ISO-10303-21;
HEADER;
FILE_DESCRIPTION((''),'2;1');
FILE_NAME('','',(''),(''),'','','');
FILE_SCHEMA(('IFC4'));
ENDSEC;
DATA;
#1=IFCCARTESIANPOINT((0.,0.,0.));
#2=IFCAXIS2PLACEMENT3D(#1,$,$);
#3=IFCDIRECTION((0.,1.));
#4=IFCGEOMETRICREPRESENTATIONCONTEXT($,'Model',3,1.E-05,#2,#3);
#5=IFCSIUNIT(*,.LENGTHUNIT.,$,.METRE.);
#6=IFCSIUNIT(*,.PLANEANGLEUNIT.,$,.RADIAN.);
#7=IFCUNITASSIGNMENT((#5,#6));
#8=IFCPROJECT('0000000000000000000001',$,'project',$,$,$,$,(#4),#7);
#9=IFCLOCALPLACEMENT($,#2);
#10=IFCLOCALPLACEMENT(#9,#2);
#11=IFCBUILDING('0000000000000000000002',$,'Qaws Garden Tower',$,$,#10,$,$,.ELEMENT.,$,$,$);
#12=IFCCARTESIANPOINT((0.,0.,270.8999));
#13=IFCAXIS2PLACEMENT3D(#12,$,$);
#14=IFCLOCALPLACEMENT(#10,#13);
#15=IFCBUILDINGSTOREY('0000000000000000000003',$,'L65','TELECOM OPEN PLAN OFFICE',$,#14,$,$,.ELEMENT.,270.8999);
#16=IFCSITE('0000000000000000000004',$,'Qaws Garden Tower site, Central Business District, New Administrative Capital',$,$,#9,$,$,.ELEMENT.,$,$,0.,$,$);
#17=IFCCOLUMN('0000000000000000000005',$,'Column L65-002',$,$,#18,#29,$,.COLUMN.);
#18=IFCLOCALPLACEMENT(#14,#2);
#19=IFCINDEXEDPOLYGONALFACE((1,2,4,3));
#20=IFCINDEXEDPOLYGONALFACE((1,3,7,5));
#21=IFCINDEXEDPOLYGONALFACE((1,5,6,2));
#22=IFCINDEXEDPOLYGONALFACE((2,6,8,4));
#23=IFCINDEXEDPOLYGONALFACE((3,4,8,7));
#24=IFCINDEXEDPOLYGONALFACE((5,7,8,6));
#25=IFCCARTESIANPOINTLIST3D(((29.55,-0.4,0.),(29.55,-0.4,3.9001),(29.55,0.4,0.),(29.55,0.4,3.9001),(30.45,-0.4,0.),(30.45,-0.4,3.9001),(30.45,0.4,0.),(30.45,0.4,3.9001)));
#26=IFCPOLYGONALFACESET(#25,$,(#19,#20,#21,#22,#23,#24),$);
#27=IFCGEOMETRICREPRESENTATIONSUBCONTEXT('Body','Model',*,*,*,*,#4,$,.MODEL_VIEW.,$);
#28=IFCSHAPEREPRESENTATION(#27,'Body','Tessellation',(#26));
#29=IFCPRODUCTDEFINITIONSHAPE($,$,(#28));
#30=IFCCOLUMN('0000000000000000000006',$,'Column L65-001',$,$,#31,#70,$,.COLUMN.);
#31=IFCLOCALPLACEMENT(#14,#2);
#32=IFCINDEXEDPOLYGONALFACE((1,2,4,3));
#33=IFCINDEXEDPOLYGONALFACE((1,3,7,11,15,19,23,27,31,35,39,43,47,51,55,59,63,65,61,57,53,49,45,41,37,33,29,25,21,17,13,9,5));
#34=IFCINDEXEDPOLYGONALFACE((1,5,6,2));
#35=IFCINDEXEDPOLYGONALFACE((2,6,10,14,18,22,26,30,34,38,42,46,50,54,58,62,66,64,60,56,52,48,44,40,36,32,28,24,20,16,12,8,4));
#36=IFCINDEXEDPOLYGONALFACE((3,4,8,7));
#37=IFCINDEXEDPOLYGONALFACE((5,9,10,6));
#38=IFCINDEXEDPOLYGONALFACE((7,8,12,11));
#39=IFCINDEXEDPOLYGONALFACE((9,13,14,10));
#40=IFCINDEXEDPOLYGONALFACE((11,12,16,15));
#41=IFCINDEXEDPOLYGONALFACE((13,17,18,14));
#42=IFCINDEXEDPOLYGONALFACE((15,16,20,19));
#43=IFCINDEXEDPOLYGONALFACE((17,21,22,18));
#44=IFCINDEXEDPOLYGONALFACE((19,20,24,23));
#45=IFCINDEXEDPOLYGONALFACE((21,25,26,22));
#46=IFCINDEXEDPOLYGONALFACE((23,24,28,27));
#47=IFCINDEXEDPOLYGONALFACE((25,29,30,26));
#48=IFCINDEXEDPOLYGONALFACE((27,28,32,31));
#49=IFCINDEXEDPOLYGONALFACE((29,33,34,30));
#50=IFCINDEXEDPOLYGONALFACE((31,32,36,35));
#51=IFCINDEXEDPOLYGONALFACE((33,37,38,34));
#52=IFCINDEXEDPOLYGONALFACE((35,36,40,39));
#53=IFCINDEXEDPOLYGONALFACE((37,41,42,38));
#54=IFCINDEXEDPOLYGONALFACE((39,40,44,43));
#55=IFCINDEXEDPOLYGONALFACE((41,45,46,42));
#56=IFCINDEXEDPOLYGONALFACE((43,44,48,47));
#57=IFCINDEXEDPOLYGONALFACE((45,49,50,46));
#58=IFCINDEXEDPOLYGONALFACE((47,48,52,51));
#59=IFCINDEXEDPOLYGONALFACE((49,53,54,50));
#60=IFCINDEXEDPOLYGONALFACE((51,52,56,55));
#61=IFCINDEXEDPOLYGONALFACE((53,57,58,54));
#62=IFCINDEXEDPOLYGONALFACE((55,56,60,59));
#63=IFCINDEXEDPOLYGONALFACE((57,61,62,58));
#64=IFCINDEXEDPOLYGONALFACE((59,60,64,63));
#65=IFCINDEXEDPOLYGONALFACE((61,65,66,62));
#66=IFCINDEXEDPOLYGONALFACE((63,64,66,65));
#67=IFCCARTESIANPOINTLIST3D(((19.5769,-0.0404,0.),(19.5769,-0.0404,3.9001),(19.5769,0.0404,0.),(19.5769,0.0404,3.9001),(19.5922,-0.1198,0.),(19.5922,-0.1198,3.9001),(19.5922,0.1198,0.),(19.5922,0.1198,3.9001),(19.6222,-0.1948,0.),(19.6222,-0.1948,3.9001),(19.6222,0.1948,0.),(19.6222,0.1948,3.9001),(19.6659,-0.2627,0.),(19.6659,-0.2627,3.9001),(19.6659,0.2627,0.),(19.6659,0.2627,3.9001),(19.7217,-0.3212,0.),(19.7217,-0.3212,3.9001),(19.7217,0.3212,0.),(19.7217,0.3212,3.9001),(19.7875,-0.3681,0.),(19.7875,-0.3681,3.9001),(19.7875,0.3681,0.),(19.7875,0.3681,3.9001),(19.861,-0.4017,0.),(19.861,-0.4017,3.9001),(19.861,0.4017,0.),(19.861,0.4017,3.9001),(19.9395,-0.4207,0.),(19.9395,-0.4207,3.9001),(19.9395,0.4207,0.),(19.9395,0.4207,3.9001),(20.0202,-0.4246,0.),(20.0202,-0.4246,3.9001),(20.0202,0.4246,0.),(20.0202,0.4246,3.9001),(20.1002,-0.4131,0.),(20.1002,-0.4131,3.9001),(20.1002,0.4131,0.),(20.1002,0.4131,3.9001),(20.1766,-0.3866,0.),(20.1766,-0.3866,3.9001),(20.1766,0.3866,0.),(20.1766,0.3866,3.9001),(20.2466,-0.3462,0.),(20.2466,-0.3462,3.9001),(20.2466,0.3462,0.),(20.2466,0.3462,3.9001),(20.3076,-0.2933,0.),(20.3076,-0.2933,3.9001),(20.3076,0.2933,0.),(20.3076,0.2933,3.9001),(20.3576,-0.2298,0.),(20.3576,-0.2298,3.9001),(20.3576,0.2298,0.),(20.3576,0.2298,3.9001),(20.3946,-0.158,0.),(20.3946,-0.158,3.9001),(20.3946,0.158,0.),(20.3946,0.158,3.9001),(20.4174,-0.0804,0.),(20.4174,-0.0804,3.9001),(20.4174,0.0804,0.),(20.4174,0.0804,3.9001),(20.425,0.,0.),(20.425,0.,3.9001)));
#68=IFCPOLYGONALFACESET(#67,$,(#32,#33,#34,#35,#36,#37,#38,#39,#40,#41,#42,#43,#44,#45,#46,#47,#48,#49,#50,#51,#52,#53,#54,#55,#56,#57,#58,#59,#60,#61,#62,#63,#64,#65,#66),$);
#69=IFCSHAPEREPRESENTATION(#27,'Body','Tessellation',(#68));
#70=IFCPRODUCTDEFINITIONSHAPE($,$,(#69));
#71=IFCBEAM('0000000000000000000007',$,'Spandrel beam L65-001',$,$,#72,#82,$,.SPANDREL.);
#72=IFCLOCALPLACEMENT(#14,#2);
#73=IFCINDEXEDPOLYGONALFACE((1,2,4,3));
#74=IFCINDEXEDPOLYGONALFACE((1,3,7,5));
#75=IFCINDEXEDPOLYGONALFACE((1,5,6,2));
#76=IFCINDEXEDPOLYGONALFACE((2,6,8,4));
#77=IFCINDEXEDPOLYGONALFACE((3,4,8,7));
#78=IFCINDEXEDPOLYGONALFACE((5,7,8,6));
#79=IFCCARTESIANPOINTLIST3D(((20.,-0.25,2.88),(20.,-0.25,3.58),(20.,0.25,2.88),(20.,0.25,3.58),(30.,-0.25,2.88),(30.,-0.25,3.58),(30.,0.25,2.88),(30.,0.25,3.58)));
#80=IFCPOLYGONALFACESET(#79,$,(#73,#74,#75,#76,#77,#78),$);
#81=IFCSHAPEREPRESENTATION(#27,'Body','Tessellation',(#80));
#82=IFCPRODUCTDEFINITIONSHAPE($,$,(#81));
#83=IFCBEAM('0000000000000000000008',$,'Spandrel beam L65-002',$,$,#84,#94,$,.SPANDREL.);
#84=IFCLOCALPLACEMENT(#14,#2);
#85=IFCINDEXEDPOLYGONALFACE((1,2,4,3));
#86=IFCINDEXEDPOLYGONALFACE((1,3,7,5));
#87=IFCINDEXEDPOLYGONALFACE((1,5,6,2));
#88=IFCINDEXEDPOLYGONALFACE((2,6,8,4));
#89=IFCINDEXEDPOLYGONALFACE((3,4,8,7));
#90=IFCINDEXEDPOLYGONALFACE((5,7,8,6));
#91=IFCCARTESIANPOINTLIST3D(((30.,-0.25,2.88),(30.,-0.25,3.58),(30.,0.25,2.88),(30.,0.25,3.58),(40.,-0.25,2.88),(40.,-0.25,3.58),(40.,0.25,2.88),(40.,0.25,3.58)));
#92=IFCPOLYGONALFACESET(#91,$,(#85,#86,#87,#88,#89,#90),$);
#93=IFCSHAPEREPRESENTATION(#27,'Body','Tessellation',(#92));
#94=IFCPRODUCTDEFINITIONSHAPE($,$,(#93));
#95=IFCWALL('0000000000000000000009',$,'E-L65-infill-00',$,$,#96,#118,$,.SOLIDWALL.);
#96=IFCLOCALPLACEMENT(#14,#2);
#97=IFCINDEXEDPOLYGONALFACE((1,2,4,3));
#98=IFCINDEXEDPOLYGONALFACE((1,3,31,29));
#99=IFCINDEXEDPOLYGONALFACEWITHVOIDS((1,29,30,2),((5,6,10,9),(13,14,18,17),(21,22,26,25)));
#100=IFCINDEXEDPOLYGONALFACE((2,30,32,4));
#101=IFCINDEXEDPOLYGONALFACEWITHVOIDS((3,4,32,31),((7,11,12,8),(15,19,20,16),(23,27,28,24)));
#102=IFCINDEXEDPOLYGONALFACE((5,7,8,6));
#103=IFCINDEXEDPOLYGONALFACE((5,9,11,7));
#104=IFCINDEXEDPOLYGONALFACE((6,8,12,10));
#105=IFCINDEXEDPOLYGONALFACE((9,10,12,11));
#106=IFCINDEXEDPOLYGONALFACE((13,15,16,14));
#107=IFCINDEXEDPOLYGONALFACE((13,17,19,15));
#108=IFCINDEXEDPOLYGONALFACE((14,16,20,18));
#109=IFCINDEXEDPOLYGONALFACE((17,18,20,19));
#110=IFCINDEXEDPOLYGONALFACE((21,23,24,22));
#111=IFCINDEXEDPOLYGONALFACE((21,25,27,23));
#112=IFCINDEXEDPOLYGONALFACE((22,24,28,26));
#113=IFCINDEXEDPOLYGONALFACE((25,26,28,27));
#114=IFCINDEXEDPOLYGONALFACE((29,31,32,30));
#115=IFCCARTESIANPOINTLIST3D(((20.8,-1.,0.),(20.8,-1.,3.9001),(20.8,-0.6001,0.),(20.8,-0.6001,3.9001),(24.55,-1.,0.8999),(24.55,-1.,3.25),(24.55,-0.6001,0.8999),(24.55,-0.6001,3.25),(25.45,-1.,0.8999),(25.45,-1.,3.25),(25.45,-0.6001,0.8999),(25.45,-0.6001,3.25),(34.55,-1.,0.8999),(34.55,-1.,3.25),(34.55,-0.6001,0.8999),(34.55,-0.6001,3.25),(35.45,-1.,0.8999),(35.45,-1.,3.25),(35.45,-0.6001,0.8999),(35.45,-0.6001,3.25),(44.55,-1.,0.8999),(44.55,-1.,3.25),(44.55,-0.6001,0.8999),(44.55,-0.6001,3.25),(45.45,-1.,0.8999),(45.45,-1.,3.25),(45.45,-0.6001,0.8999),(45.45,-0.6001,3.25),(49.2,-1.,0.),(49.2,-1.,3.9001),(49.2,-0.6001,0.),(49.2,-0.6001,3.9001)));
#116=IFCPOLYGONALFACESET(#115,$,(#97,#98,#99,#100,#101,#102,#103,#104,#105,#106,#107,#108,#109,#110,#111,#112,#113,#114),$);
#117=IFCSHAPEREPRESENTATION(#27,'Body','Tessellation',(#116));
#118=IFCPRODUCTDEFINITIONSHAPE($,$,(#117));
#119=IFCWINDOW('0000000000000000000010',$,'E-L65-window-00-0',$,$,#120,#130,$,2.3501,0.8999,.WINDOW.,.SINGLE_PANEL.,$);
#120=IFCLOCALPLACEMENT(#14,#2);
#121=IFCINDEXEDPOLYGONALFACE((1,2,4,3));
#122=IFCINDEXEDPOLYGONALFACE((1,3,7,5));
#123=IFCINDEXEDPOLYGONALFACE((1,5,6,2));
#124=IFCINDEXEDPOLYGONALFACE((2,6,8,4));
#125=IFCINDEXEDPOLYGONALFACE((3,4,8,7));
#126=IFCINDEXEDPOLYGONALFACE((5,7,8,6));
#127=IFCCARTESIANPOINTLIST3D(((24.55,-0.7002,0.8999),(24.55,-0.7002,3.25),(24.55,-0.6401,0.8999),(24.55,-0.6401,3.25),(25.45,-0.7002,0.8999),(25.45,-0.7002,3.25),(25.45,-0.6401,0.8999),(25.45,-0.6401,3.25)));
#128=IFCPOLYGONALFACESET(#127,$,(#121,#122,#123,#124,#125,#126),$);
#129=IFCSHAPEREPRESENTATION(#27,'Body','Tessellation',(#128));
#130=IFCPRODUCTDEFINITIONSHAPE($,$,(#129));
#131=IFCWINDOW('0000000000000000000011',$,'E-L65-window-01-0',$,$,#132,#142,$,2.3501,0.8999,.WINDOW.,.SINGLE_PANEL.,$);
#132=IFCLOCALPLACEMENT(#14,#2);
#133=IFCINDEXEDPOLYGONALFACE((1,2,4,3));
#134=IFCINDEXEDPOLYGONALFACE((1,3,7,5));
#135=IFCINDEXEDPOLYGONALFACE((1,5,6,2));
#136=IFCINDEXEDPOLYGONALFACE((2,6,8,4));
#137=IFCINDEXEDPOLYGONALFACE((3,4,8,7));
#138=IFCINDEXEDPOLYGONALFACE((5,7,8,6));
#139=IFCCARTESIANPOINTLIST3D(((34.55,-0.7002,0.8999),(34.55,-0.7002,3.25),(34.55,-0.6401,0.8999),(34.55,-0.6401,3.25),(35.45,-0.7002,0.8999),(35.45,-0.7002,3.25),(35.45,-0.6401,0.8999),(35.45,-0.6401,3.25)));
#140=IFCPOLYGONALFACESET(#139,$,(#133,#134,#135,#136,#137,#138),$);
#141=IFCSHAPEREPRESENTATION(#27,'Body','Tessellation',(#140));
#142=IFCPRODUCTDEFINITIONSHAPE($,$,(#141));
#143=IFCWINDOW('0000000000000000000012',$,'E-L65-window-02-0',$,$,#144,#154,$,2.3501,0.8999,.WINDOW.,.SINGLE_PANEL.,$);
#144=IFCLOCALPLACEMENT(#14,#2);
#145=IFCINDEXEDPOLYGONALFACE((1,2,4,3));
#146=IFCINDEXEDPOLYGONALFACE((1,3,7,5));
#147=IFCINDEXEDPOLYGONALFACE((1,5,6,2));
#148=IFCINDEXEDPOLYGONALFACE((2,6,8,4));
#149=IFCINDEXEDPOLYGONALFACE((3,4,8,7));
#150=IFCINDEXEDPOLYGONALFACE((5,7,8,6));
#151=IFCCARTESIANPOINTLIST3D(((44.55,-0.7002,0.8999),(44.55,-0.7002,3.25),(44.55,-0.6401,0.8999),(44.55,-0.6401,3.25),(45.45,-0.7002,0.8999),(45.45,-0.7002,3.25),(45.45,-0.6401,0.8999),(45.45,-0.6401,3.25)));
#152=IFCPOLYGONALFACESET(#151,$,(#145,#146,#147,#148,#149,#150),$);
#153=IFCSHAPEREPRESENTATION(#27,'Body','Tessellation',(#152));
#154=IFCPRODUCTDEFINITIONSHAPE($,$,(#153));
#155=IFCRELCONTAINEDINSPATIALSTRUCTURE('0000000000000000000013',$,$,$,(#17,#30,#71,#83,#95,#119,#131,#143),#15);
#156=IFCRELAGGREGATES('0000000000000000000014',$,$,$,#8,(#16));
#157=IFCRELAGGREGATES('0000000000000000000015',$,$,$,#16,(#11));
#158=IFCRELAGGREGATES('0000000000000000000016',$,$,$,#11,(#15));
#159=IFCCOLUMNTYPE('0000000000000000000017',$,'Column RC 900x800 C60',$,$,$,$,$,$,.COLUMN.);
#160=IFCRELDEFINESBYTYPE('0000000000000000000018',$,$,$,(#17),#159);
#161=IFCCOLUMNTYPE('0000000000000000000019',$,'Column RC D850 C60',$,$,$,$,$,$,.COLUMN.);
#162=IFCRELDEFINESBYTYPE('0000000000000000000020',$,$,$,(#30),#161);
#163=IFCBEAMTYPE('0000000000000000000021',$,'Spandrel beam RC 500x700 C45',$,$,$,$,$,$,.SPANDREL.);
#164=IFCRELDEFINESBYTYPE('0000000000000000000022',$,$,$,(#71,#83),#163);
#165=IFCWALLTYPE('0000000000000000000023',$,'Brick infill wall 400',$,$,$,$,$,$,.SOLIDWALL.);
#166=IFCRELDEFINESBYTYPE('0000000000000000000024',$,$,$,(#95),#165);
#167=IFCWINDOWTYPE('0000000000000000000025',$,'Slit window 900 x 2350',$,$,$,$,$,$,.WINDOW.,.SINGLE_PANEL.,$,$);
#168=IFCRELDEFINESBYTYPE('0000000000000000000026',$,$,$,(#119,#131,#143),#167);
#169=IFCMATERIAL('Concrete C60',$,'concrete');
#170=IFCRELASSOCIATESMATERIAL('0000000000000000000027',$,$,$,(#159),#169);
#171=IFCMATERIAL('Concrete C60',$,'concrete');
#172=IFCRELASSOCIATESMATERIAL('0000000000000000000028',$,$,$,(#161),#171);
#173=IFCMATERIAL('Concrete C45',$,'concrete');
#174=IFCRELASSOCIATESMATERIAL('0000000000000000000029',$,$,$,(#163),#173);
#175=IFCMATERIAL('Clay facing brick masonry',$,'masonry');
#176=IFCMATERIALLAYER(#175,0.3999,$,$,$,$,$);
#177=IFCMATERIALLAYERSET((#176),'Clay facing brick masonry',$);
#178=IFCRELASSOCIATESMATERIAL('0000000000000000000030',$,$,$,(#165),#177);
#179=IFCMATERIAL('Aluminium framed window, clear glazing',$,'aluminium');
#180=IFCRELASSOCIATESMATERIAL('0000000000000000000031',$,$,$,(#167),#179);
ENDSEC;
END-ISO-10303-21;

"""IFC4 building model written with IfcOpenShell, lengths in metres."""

from ifc_helpers import new_model, si_unit, direction, frame, frame_2d, origin, origin_2d, place, context, subcontext, project, spatial, rectangle, circle, extrude, material, layer, layer_set, material_profile, profile_set, type_object, element, fill, save


model = new_model("IFC4")

# Units and contexts
model_context = context("Model", 3, precision=1e-05, world=origin(), true_north=direction((0.0, 1.0)))
body_context = subcontext(model_context, "Body", "Model", "MODEL_VIEW")
ifc_project = project(units=[si_unit("LENGTHUNIT", "METRE"), si_unit("PLANEANGLEUNIT", "RADIAN")], contexts=[model_context])

# Site, building, storey
site_placement = place(None, origin())
site = spatial("IfcSite", under=ifc_project, at=site_placement, Name="Qaws Garden Tower site, Central Business District, New Administrative Capital", CompositionType="ELEMENT", RefElevation=0.0)
building_placement = place(site_placement, origin())
building = spatial("IfcBuilding", under=site, at=building_placement, Name="Qaws Garden Tower", CompositionType="ELEMENT")
storey_placement = place(building_placement, frame((0.0, 0.0, 270.8999)))
storey = spatial("IfcBuildingStorey", under=building, at=storey_placement, Name="L65", Description="TELECOM OPEN PLAN OFFICE", CompositionType="ELEMENT", Elevation=270.8999)

# Columns
ifc_material_1 = material(Name="Concrete C60", Category="concrete")
ifc_material_profile_1 = material_profile(ifc_material_1, rectangle(XDim=0.8999, YDim=0.8, at=origin_2d()), Name="RC 900x800")
ifc_profile_set_1 = profile_set([ifc_material_profile_1], Name="Concrete C60")
column_type_1 = type_object("IfcColumnType", Name="Column RC 900x800 C60", PredefinedType="COLUMN", material=ifc_profile_set_1)
column_1_placement = place(storey_placement, frame((30.0, 0.0, 0.0), z_axis=(0.0, 0.0, 1.0), x_axis=(1.0, 0.0, 0.0)))
element("IfcColumn", 1, at=column_1_placement, inside=storey, type_object=column_type_1, Name="Column L65-002", PredefinedType="COLUMN", context=body_context, shape_type="SweptSolid", body=[
    extrude(rectangle(XDim=0.8999, YDim=0.8, at=origin_2d()), origin(), (0.0, 0.0, 1.0), 3.9001),
])
ifc_material_2 = material(Name="Concrete C60", Category="concrete")
ifc_material_profile_2 = material_profile(ifc_material_2, circle(Radius=0.425, at=origin_2d()), Name="RC D850")
ifc_profile_set_2 = profile_set([ifc_material_profile_2], Name="Concrete C60")
column_type_2 = type_object("IfcColumnType", Name="Column RC D850 C60", PredefinedType="COLUMN", material=ifc_profile_set_2)
column_2_placement = place(storey_placement, frame((20.0, 0.0, 0.0), z_axis=(0.0, 0.0, 1.0), x_axis=(1.0, 0.0, 0.0)))
element("IfcColumn", 2, at=column_2_placement, inside=storey, type_object=column_type_2, Name="Column L65-001", PredefinedType="COLUMN", context=body_context, shape_type="SweptSolid", body=[
    extrude(circle(Radius=0.425, at=origin_2d()), origin(), (0.0, 0.0, 1.0), 3.9001),
])

# Beams
ifc_material_3 = material(Name="Concrete C45", Category="concrete")
ifc_material_profile_3 = material_profile(ifc_material_3, rectangle(XDim=0.5, YDim=0.7, at=origin_2d()), Name="RC 500x700")
ifc_profile_set_3 = profile_set([ifc_material_profile_3], Name="Concrete C45")
beam_type = type_object("IfcBeamType", Name="Spandrel beam RC 500x700 C45", PredefinedType="SPANDREL", material=ifc_profile_set_3)
for number, where, z_axis, x_axis, name in (
    (3, (20.0, 0.0, 3.23), (1.0, 0.0, 0.0), (0.0, 1.0, 0.0), "Spandrel beam L65-001"),
    (4, (30.0, 0.0, 3.23), (1.0, 0.0, 0.0), (0.0, 1.0, 0.0), "Spandrel beam L65-002"),
):
    element("IfcBeam", number, at=place(storey_placement, frame(where, z_axis=z_axis, x_axis=x_axis)), inside=storey, type_object=beam_type, Name=name, PredefinedType="SPANDREL", context=body_context, shape_type="SweptSolid", body=[
        extrude(rectangle(XDim=0.5, YDim=0.7, at=origin_2d()), origin(), (0.0, 0.0, 1.0), 10.0),
    ])

# Wall, openings, windows
ifc_material_4 = material(Name="Clay facing brick masonry", Category="masonry")
ifc_layer_1 = layer(ifc_material_4, 0.3999)
ifc_layer_set_1 = layer_set([ifc_layer_1], Name="Clay facing brick masonry")
wall_type_1 = type_object("IfcWallType", Name="Brick infill wall 400", PredefinedType="SOLIDWALL", material=ifc_layer_set_1)
wall_1_placement = place(storey_placement, frame((20.8, -0.8, 0.0), z_axis=(0.0, 0.0, 1.0), x_axis=(1.0, 0.0, 0.0)))
wall_1 = element("IfcWall", 5, at=wall_1_placement, inside=storey, type_object=wall_type_1, Name="E-L65-infill-00", PredefinedType="SOLIDWALL", context=body_context, shape_type="SweptSolid", body=[
    extrude(rectangle(XDim=28.3999, YDim=0.3999, at=frame_2d((14.2, 0.0))), origin(), (0.0, 0.0, 1.0), 3.9001),
])
opening_1_placement = place(wall_1_placement, frame((3.75, 0.0, 0.8999)))
opening_1 = element("IfcOpeningElement", 6, at=opening_1_placement, cuts=wall_1, PredefinedType="OPENING", context=body_context, shape_type="SweptSolid", body=[
    extrude(rectangle(XDim=0.8999, YDim=2.3501, at=frame_2d((0.45, 1.175))), frame((0.0, 0.21, 0.0), z_axis=(0.0, -1.0, 0.0), x_axis=(1.0, 0.0, 0.0)), (0.0, 0.0, 1.0), 0.4199),
])
opening_2_placement = place(wall_1_placement, frame((13.75, 0.0, 0.8999)))
opening_2 = element("IfcOpeningElement", 7, at=opening_2_placement, cuts=wall_1, PredefinedType="OPENING", context=body_context, shape_type="SweptSolid", body=[
    extrude(rectangle(XDim=0.8999, YDim=2.3501, at=frame_2d((0.45, 1.175))), frame((0.0, 0.21, 0.0), z_axis=(0.0, -1.0, 0.0), x_axis=(1.0, 0.0, 0.0)), (0.0, 0.0, 1.0), 0.4199),
])
opening_3_placement = place(wall_1_placement, frame((23.75, 0.0, 0.8999)))
opening_3 = element("IfcOpeningElement", 8, at=opening_3_placement, cuts=wall_1, PredefinedType="OPENING", context=body_context, shape_type="SweptSolid", body=[
    extrude(rectangle(XDim=0.8999, YDim=2.3501, at=frame_2d((0.45, 1.175))), frame((0.0, 0.21, 0.0), z_axis=(0.0, -1.0, 0.0), x_axis=(1.0, 0.0, 0.0)), (0.0, 0.0, 1.0), 0.4199),
])
ifc_material_5 = material(Name="Aluminium framed window, clear glazing", Category="aluminium")
window_type = type_object("IfcWindowType", Name="Slit window 900 x 2350", PartitioningType="SINGLE_PANEL", PredefinedType="WINDOW", material=ifc_material_5)
window_1_placement = place(opening_1_placement, origin())
window_1 = element("IfcWindow", 9, at=window_1_placement, inside=storey, type_object=window_type, Name="E-L65-window-00-0", OverallHeight=2.3501, OverallWidth=0.8999, PartitioningType="SINGLE_PANEL", PredefinedType="WINDOW", context=body_context, shape_type="SweptSolid", body=[
    extrude(rectangle(XDim=0.8999, YDim=2.3501, at=frame_2d((0.45, 1.175))), frame((0.0, 0.1599, 0.0), z_axis=(0.0, -1.0, 0.0), x_axis=(1.0, 0.0, 0.0)), (0.0, 0.0, 1.0), 0.0601),
])
fill(opening_1, window_1)
window_2_placement = place(opening_2_placement, origin())
window_2 = element("IfcWindow", 10, at=window_2_placement, inside=storey, type_object=window_type, Name="E-L65-window-01-0", OverallHeight=2.3501, OverallWidth=0.8999, PartitioningType="SINGLE_PANEL", PredefinedType="WINDOW", context=body_context, shape_type="SweptSolid", body=[
    extrude(rectangle(XDim=0.8999, YDim=2.3501, at=frame_2d((0.45, 1.175))), frame((0.0, 0.1599, 0.0), z_axis=(0.0, -1.0, 0.0), x_axis=(1.0, 0.0, 0.0)), (0.0, 0.0, 1.0), 0.0601),
])
fill(opening_2, window_2)
window_3_placement = place(opening_3_placement, origin())
window_3 = element("IfcWindow", 11, at=window_3_placement, inside=storey, type_object=window_type, Name="E-L65-window-02-0", OverallHeight=2.3501, OverallWidth=0.8999, PartitioningType="SINGLE_PANEL", PredefinedType="WINDOW", context=body_context, shape_type="SweptSolid", body=[
    extrude(rectangle(XDim=0.8999, YDim=2.3501, at=frame_2d((0.45, 1.175))), frame((0.0, 0.1599, 0.0), z_axis=(0.0, -1.0, 0.0), x_axis=(1.0, 0.0, 0.0)), (0.0, 0.0, 1.0), 0.0601),
])
fill(opening_3, window_3)

save(model, "model.ifc")
